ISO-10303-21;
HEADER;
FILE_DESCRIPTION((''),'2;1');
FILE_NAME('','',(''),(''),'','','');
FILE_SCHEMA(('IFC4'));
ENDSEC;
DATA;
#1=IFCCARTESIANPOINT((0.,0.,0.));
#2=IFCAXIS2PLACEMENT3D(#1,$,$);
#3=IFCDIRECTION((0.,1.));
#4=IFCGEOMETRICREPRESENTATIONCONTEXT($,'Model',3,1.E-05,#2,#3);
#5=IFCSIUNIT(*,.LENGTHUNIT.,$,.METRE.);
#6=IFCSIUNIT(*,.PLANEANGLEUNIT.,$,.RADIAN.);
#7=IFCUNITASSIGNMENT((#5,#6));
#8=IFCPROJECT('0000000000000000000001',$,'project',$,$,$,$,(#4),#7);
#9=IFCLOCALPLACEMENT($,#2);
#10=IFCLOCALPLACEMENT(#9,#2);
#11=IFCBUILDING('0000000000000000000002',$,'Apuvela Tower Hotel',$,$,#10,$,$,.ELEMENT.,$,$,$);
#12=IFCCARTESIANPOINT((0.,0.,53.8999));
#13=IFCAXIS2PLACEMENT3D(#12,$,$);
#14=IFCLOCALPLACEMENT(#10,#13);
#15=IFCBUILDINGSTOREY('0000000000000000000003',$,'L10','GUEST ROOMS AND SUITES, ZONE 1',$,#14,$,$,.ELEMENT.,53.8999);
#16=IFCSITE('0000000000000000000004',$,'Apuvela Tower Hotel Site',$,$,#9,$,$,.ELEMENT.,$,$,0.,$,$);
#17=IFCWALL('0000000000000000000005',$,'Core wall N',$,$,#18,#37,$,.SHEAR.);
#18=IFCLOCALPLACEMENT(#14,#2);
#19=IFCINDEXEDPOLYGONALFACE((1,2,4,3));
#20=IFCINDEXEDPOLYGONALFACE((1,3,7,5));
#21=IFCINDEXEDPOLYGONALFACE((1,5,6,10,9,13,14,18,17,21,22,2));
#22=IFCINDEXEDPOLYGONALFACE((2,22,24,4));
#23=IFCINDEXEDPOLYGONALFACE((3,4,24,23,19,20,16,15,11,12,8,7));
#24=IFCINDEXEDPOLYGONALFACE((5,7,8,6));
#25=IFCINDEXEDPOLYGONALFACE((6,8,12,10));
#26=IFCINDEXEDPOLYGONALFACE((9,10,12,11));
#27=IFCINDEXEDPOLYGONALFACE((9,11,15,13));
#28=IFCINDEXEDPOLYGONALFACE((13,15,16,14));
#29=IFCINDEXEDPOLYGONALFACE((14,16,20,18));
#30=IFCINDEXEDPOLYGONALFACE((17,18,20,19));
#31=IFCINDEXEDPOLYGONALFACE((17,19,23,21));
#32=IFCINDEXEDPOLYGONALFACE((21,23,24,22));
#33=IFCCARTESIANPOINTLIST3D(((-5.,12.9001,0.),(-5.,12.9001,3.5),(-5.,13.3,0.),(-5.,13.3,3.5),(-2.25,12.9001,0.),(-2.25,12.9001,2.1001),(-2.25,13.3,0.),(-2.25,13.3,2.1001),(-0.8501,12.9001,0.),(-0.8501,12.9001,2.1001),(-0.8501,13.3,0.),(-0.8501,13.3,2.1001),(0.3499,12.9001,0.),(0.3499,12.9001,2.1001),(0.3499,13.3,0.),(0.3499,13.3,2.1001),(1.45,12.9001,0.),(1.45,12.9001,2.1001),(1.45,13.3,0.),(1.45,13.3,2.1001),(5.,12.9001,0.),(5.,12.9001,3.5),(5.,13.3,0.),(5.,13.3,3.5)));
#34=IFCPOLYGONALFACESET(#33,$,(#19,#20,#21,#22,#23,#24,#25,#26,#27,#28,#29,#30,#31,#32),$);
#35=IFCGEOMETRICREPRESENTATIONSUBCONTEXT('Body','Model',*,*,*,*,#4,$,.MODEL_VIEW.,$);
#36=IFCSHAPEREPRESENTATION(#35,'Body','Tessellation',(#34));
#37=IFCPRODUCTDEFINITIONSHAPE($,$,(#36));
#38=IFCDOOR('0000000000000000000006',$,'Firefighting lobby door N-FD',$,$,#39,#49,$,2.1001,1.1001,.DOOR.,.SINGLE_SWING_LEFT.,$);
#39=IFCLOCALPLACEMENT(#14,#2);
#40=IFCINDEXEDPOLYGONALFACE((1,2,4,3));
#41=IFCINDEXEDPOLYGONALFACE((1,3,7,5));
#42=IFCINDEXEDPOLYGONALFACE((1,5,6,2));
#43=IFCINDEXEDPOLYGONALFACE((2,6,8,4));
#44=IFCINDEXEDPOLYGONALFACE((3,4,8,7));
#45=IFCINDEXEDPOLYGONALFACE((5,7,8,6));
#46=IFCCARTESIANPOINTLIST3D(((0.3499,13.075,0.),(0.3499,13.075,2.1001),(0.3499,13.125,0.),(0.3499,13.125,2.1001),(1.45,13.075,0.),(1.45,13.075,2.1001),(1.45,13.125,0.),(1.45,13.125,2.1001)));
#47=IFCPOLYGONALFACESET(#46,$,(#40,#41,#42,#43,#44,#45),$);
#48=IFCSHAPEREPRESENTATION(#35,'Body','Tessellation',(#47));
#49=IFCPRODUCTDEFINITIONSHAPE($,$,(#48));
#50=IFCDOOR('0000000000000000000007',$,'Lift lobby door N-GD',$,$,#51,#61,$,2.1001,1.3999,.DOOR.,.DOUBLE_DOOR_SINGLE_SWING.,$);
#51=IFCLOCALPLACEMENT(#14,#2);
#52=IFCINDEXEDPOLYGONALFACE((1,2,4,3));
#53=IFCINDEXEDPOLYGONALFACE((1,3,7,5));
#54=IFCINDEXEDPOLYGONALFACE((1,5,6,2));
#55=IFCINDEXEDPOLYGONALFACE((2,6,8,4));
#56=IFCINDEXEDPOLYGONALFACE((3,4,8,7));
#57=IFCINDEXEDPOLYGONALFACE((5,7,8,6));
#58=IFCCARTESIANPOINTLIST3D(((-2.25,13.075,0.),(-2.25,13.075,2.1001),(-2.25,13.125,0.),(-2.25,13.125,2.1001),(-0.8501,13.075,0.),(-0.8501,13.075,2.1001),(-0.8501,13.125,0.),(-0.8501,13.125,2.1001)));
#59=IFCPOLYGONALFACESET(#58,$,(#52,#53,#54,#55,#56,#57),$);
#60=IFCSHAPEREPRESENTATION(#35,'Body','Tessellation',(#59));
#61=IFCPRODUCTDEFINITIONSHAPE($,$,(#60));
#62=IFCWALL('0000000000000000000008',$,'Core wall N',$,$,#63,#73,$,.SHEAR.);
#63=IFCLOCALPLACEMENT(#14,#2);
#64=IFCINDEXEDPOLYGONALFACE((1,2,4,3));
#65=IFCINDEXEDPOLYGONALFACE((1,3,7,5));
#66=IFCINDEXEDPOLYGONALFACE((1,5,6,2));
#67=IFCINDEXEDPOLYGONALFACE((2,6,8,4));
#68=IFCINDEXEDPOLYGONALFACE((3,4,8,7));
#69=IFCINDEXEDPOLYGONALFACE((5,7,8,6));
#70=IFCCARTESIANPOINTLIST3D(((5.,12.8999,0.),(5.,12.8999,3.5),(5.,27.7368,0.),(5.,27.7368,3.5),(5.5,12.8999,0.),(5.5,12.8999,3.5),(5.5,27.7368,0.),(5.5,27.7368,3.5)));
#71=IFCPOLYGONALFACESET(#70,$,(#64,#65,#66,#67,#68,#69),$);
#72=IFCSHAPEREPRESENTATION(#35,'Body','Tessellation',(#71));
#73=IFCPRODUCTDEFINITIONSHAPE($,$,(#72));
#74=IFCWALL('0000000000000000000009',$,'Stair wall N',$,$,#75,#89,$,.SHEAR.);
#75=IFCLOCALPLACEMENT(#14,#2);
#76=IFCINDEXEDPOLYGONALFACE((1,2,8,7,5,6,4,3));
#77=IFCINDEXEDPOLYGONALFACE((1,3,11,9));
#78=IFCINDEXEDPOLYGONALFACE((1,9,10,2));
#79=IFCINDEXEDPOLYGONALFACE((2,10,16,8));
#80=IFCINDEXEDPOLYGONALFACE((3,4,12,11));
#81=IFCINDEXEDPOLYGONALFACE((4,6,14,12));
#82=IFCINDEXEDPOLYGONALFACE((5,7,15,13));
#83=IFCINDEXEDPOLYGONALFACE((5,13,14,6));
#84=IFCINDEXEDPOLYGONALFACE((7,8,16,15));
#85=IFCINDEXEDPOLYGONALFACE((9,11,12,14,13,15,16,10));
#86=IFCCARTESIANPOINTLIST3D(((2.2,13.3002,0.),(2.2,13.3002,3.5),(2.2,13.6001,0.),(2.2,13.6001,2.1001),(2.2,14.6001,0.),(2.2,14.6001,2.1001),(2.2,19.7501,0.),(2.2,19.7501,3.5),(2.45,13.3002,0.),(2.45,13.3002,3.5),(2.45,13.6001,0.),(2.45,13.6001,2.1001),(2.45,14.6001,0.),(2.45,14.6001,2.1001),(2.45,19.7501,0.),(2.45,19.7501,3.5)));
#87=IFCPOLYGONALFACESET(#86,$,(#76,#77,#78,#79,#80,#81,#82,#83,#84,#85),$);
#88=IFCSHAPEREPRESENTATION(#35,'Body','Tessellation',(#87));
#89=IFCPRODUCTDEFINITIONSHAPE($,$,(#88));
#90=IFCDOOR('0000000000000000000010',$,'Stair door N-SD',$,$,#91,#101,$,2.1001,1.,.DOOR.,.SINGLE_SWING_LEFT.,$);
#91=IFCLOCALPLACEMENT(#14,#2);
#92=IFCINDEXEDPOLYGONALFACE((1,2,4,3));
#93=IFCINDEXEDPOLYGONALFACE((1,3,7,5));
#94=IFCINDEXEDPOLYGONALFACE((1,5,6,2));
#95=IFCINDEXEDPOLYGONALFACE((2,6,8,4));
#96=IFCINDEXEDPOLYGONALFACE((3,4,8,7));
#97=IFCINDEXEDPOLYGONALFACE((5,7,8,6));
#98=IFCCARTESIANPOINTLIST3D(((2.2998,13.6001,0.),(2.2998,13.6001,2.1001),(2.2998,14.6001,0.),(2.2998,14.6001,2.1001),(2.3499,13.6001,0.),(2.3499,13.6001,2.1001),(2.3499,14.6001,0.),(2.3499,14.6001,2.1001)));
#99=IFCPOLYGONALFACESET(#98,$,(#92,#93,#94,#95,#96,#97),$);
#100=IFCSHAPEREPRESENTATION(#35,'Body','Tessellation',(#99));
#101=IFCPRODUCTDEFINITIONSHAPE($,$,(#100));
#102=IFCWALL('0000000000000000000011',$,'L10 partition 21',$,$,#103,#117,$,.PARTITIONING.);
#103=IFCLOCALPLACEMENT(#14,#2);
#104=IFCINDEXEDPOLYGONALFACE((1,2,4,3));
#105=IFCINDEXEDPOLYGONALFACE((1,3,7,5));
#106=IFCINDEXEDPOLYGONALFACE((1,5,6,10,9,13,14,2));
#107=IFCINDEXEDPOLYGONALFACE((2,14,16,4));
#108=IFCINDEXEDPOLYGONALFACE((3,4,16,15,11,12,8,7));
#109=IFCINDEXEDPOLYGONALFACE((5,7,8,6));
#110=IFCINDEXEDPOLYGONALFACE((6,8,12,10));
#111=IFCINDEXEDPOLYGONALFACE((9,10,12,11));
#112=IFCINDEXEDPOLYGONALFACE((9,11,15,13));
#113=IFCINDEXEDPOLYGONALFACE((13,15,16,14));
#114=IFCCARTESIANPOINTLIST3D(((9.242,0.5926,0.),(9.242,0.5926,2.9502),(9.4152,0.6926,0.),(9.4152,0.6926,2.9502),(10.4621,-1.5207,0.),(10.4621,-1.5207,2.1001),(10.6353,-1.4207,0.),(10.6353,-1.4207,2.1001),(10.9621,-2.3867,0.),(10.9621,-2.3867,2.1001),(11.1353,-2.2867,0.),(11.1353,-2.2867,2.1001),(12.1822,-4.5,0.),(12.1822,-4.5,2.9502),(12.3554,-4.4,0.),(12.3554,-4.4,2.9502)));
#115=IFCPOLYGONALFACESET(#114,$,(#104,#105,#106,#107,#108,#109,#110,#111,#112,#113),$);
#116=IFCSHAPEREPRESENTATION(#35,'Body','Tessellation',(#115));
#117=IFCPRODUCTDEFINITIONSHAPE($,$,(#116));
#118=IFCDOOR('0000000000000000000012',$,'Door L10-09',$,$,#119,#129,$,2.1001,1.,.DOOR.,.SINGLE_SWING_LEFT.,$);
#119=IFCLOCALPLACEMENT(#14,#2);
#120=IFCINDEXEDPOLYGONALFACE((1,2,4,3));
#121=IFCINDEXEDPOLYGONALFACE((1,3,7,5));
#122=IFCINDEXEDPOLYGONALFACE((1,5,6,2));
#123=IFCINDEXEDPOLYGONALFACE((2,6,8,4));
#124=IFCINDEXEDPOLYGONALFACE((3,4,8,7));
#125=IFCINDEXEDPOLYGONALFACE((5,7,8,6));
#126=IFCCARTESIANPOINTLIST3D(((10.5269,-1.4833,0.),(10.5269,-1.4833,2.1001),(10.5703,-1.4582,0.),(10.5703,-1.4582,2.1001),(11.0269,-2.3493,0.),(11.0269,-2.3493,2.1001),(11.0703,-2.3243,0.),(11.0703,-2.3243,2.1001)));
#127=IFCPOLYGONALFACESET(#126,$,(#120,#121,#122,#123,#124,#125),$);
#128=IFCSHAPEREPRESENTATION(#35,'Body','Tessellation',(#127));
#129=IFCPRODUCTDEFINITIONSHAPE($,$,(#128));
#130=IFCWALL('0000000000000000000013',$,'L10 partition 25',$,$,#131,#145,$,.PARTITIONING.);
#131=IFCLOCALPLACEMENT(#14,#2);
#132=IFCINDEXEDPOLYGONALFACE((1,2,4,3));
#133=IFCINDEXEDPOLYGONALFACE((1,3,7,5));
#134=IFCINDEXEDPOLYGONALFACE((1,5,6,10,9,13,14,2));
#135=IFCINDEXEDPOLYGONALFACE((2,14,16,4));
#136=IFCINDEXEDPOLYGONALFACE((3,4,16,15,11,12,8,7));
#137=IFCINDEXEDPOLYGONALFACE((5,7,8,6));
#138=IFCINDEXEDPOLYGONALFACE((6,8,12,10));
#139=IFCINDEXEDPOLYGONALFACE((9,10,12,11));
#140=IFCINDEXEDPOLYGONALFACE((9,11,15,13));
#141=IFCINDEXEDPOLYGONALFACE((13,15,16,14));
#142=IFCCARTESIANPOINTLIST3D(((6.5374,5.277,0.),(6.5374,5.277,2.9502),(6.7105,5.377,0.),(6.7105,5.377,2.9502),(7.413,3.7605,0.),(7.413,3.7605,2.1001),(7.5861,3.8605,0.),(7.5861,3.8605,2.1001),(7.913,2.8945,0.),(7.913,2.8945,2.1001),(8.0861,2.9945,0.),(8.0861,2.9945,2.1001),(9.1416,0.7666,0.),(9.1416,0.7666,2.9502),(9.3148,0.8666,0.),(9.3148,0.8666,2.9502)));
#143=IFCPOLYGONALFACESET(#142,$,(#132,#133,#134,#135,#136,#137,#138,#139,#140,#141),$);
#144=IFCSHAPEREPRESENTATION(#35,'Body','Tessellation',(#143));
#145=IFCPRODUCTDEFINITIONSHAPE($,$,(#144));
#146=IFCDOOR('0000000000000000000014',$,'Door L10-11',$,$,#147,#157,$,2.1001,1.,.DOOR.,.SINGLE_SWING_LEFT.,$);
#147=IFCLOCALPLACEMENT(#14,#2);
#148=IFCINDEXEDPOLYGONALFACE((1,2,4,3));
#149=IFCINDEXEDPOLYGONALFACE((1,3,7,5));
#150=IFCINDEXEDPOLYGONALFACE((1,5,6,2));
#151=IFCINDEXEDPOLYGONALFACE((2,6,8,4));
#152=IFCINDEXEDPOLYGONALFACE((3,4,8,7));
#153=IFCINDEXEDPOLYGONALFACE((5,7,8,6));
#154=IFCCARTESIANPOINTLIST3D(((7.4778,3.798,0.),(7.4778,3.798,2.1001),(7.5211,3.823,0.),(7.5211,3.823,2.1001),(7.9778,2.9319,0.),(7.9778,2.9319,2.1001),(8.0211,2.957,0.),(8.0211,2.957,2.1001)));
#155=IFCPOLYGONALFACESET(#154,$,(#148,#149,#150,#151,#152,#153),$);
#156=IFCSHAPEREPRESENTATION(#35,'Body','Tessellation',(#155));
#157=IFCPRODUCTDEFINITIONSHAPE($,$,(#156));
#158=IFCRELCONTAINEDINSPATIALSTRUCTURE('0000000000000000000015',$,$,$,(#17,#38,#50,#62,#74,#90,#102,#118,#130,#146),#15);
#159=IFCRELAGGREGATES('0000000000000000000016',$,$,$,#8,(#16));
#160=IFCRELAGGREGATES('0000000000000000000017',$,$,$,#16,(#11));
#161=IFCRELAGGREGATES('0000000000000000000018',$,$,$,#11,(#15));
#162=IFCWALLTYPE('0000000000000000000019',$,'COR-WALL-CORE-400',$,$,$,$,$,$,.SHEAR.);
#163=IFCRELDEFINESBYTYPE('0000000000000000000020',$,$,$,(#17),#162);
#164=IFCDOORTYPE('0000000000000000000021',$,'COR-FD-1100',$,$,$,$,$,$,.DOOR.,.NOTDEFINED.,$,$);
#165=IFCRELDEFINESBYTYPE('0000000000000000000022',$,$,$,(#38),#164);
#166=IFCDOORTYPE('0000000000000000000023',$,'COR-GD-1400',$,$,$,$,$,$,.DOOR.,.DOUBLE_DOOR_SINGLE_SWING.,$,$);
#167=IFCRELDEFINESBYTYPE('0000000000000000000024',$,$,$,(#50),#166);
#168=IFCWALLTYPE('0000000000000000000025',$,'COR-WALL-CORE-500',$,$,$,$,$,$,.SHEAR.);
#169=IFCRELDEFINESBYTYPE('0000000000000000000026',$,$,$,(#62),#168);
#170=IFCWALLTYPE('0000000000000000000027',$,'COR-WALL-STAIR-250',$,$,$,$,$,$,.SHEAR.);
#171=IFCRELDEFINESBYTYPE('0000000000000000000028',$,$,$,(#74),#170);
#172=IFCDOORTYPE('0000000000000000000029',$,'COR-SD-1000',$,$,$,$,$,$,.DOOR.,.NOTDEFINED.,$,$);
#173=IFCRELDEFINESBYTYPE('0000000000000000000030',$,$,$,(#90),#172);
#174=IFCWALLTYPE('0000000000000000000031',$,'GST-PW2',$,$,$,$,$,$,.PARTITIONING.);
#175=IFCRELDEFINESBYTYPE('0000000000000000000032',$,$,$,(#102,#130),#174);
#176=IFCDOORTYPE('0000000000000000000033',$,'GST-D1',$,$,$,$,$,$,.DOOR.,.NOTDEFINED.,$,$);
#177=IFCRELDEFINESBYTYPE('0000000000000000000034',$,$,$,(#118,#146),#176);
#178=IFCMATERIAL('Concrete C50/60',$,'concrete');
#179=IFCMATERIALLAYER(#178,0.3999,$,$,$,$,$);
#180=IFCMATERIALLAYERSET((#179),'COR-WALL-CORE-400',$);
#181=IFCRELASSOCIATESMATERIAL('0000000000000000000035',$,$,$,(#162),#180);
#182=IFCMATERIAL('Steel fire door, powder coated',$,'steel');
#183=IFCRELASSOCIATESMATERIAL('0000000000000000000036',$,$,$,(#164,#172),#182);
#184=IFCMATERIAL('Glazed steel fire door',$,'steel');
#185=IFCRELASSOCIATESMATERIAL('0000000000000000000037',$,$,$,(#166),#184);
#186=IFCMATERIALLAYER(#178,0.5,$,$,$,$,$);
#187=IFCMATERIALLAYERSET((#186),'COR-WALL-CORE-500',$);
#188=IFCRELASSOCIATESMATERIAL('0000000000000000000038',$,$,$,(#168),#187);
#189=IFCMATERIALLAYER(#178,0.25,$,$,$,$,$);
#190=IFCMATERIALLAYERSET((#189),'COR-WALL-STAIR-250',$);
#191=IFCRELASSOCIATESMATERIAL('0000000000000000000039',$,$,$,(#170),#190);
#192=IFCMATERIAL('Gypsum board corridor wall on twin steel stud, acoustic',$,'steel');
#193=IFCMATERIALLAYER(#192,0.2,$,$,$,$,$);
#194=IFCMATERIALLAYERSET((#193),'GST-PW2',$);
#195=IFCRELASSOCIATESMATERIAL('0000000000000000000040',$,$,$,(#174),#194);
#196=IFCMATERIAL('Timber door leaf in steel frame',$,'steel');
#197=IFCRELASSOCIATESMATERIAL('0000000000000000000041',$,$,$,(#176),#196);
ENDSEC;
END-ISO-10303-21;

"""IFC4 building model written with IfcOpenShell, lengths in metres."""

from ifc_helpers import new_model, si_unit, direction, frame, frame_2d, origin, place, context, subcontext, project, spatial, rectangle, extrude, material, layer, layer_set, type_object, element, fill, save


model = new_model("IFC4")

# Units and contexts
model_context = context("Model", 3, precision=1e-05, world=origin(), true_north=direction((0.0, 1.0)))
body_context = subcontext(model_context, "Body", "Model", "MODEL_VIEW")
ifc_project = project(units=[si_unit("LENGTHUNIT", "METRE"), si_unit("PLANEANGLEUNIT", "RADIAN")], contexts=[model_context])

# Site, building, storey
site_placement = place(None, origin())
site = spatial("IfcSite", under=ifc_project, at=site_placement, Name="Apuvela Tower Hotel Site", CompositionType="ELEMENT", RefElevation=0.0)
building_placement = place(site_placement, origin())
building = spatial("IfcBuilding", under=site, at=building_placement, Name="Apuvela Tower Hotel", CompositionType="ELEMENT")
storey_placement = place(building_placement, frame((0.0, 0.0, 53.8999)))
storey = spatial("IfcBuildingStorey", under=building, at=storey_placement, Name="L10", Description="GUEST ROOMS AND SUITES, ZONE 1", CompositionType="ELEMENT", Elevation=53.8999)

# Shared definitions
ifc_material_1 = material(Name="Concrete C50/60", Category="concrete")

# Wall, openings, doors
ifc_layer_1 = layer(ifc_material_1, 0.3999)
ifc_layer_set_1 = layer_set([ifc_layer_1], Name="COR-WALL-CORE-400")
wall_type_1 = type_object("IfcWallType", Name="COR-WALL-CORE-400", PredefinedType="SHEAR", material=ifc_layer_set_1)
wall_1_placement = place(storey_placement, frame((5.0, 13.1001, 0.0), z_axis=(0.0, 0.0, 1.0), x_axis=(-1.0, 0.0, 0.0)))
wall_1 = element("IfcWall", 1, at=wall_1_placement, inside=storey, type_object=wall_type_1, Name="Core wall N", PredefinedType="SHEAR", context=body_context, shape_type="SweptSolid", body=[
    extrude(rectangle(XDim=10.0, YDim=0.3999, at=frame_2d((5.0, 0.0))), origin(), (0.0, 0.0, 1.0), 3.5),
])
opening_1_placement = place(wall_1_placement, frame((3.55, 0.0, 0.0)))
opening_1 = element("IfcOpeningElement", 2, at=opening_1_placement, cuts=wall_1, PredefinedType="OPENING", context=body_context, shape_type="SweptSolid", body=[
    extrude(rectangle(XDim=1.1001, YDim=2.1001, at=frame_2d((0.55, 1.05))), frame((0.0, 0.21, 0.0), z_axis=(0.0, -1.0, 0.0), x_axis=(1.0, 0.0, 0.0)), (0.0, 0.0, 1.0), 0.4199),
])
opening_2_placement = place(wall_1_placement, frame((5.8501, 0.0, 0.0)))
opening_2 = element("IfcOpeningElement", 3, at=opening_2_placement, cuts=wall_1, PredefinedType="OPENING", context=body_context, shape_type="SweptSolid", body=[
    extrude(rectangle(XDim=1.3999, YDim=2.1001, at=frame_2d((0.7, 1.05))), frame((0.0, 0.21, 0.0), z_axis=(0.0, -1.0, 0.0), x_axis=(1.0, 0.0, 0.0)), (0.0, 0.0, 1.0), 0.4199),
])
ifc_material_2 = material(Name="Steel fire door, powder coated", Category="steel")
door_type_1 = type_object("IfcDoorType", Name="COR-FD-1100", OperationType="NOTDEFINED", PredefinedType="DOOR", material=ifc_material_2)
door_1_placement = place(opening_1_placement, frame((1.1001, 0.0, 0.0), z_axis=(0.0, 0.0, 1.0), x_axis=(-1.0, 0.0, 0.0)))
door_1 = element("IfcDoor", 4, at=door_1_placement, inside=storey, type_object=door_type_1, Name="Firefighting lobby door N-FD", OperationType="SINGLE_SWING_LEFT", OverallHeight=2.1001, OverallWidth=1.1001, PredefinedType="DOOR", context=body_context, shape_type="SweptSolid", body=[
    extrude(rectangle(XDim=1.1001, YDim=2.1001, at=frame_2d((0.55, 1.05))), frame((0.0, 0.0249, 0.0), z_axis=(0.0, -1.0, 0.0), x_axis=(1.0, 0.0, 0.0)), (0.0, 0.0, 1.0), 0.05),
])
fill(opening_1, door_1)
ifc_material_3 = material(Name="Glazed steel fire door", Category="steel")
door_type_2 = type_object("IfcDoorType", Name="COR-GD-1400", OperationType="DOUBLE_DOOR_SINGLE_SWING", PredefinedType="DOOR", material=ifc_material_3)
door_2_placement = place(opening_2_placement, frame((1.3999, 0.0, 0.0), z_axis=(0.0, 0.0, 1.0), x_axis=(-1.0, 0.0, 0.0)))
door_2 = element("IfcDoor", 5, at=door_2_placement, inside=storey, type_object=door_type_2, Name="Lift lobby door N-GD", OperationType="DOUBLE_DOOR_SINGLE_SWING", OverallHeight=2.1001, OverallWidth=1.3999, PredefinedType="DOOR", context=body_context, shape_type="SweptSolid", body=[
    extrude(rectangle(XDim=1.3999, YDim=2.1001, at=frame_2d((0.7, 1.05))), frame((0.0, 0.0249, 0.0), z_axis=(0.0, -1.0, 0.0), x_axis=(1.0, 0.0, 0.0)), (0.0, 0.0, 1.0), 0.05),
])
fill(opening_2, door_2)

# Wall
ifc_layer_2 = layer(ifc_material_1, 0.5)
ifc_layer_set_2 = layer_set([ifc_layer_2], Name="COR-WALL-CORE-500")
wall_type_2 = type_object("IfcWallType", Name="COR-WALL-CORE-500", PredefinedType="SHEAR", material=ifc_layer_set_2)
wall_2_placement = place(storey_placement, frame((5.25, 12.8999, 0.0), z_axis=(0.0, 0.0, 1.0), x_axis=(0.0, 1.0, 0.0)))
element("IfcWall", 6, at=wall_2_placement, inside=storey, type_object=wall_type_2, Name="Core wall N", PredefinedType="SHEAR", context=body_context, shape_type="SweptSolid", body=[
    extrude(rectangle(XDim=14.8369, YDim=0.5, at=frame_2d((7.4185, 0.0))), origin(), (0.0, 0.0, 1.0), 3.5),
])

# Walls, openings, doors
ifc_layer_3 = layer(ifc_material_1, 0.25)
ifc_layer_set_3 = layer_set([ifc_layer_3], Name="COR-WALL-STAIR-250")
wall_type_3 = type_object("IfcWallType", Name="COR-WALL-STAIR-250", PredefinedType="SHEAR", material=ifc_layer_set_3)
wall_3_placement = place(storey_placement, frame((2.325, 13.3, 0.0), z_axis=(0.0, 0.0, 1.0), x_axis=(0.0, 1.0, 0.0)))
wall_3 = element("IfcWall", 7, at=wall_3_placement, inside=storey, type_object=wall_type_3, Name="Stair wall N", PredefinedType="SHEAR", context=body_context, shape_type="SweptSolid", body=[
    extrude(rectangle(XDim=6.45, YDim=0.25, at=frame_2d((3.2251, 0.0))), origin(), (0.0, 0.0, 1.0), 3.5),
])
opening_3_placement = place(wall_3_placement, frame((0.3, 0.0, 0.0)))
opening_3 = element("IfcOpeningElement", 8, at=opening_3_placement, cuts=wall_3, PredefinedType="OPENING", context=body_context, shape_type="SweptSolid", body=[
    extrude(rectangle(XDim=1.0, YDim=2.1001, at=frame_2d((0.5, 1.05))), frame((0.0, 0.135, 0.0), z_axis=(0.0, -1.0, 0.0), x_axis=(1.0, 0.0, 0.0)), (0.0, 0.0, 1.0), 0.27),
])
door_type_3 = type_object("IfcDoorType", Name="COR-SD-1000", OperationType="NOTDEFINED", PredefinedType="DOOR", material=ifc_material_2)
door_3_placement = place(opening_3_placement, frame((1.0, 0.0, 0.0), z_axis=(0.0, 0.0, 1.0), x_axis=(-1.0, 0.0, 0.0)))
door_3 = element("IfcDoor", 9, at=door_3_placement, inside=storey, type_object=door_type_3, Name="Stair door N-SD", OperationType="SINGLE_SWING_LEFT", OverallHeight=2.1001, OverallWidth=1.0, PredefinedType="DOOR", context=body_context, shape_type="SweptSolid", body=[
    extrude(rectangle(XDim=1.0, YDim=2.1001, at=frame_2d((0.5, 1.05))), frame((0.0, 0.0249, 0.0), z_axis=(0.0, -1.0, 0.0), x_axis=(1.0, 0.0, 0.0)), (0.0, 0.0, 1.0), 0.05),
])
fill(opening_3, door_3)
ifc_material_4 = material(Name="Gypsum board corridor wall on twin steel stud, acoustic", Category="steel")
ifc_layer_4 = layer(ifc_material_4, 0.2)
ifc_layer_set_4 = layer_set([ifc_layer_4], Name="GST-PW2")
wall_type_4 = type_object("IfcWallType", Name="GST-PW2", PredefinedType="PARTITIONING", material=ifc_layer_set_4)
wall_4_placement = place(storey_placement, frame((9.3286, 0.6426, 0.0), z_axis=(0.0, 0.0, 1.0), x_axis=(0.500002, -0.866024, 0.0)))
wall_4 = element("IfcWall", 10, at=wall_4_placement, inside=storey, type_object=wall_type_4, Name="L10 partition 21", PredefinedType="PARTITIONING", context=body_context, shape_type="SweptSolid", body=[
    extrude(rectangle(XDim=5.8804, YDim=0.2, at=frame_2d((2.9402, 0.0))), origin(), (0.0, 0.0, 1.0), 2.9502),
])
opening_4_placement = place(wall_4_placement, frame((2.4402, 0.0, 0.0)))
opening_4 = element("IfcOpeningElement", 11, at=opening_4_placement, cuts=wall_4, PredefinedType="OPENING", context=body_context, shape_type="SweptSolid", body=[
    extrude(rectangle(XDim=1.0, YDim=2.1001, at=frame_2d((0.5, 1.05))), frame((0.0, 0.1099, 0.0), z_axis=(0.0, -1.0, 0.0), x_axis=(1.0, 0.0, 0.0)), (0.0, 0.0, 1.0), 0.22),
])
ifc_material_5 = material(Name="Timber door leaf in steel frame", Category="steel")
door_type_4 = type_object("IfcDoorType", Name="GST-D1", OperationType="NOTDEFINED", PredefinedType="DOOR", material=ifc_material_5)
door_4_placement = place(opening_4_placement, origin())
door_4 = element("IfcDoor", 12, at=door_4_placement, inside=storey, type_object=door_type_4, Name="Door L10-09", OperationType="SINGLE_SWING_LEFT", OverallHeight=2.1001, OverallWidth=1.0, PredefinedType="DOOR", context=body_context, shape_type="SweptSolid", body=[
    extrude(rectangle(XDim=1.0, YDim=2.1001, at=frame_2d((0.5, 1.05))), frame((0.0, 0.0249, 0.0), z_axis=(0.0, -1.0, 0.0), x_axis=(1.0, 0.0, 0.0)), (0.0, 0.0, 1.0), 0.05),
])
fill(opening_4, door_4)
wall_5_placement = place(storey_placement, frame((6.624, 5.3269, 0.0), z_axis=(0.0, 0.0, 1.0), x_axis=(0.500016, -0.866016, 0.0)))
wall_5 = element("IfcWall", 13, at=wall_5_placement, inside=storey, type_object=wall_type_4, Name="L10 partition 25", PredefinedType="PARTITIONING", context=body_context, shape_type="SweptSolid", body=[
    extrude(rectangle(XDim=5.2083, YDim=0.2, at=frame_2d((2.604, 0.0))), origin(), (0.0, 0.0, 1.0), 2.9502),
])
opening_5_placement = place(wall_5_placement, frame((1.751, 0.0, 0.0)))
opening_5 = element("IfcOpeningElement", 14, at=opening_5_placement, cuts=wall_5, PredefinedType="OPENING", context=body_context, shape_type="SweptSolid", body=[
    extrude(rectangle(XDim=1.0, YDim=2.1001, at=frame_2d((0.5, 1.05))), frame((0.0, 0.1099, 0.0), z_axis=(0.0, -1.0, 0.0), x_axis=(1.0, 0.0, 0.0)), (0.0, 0.0, 1.0), 0.22),
])
door_5_placement = place(opening_5_placement, origin())
door_5 = element("IfcDoor", 15, at=door_5_placement, inside=storey, type_object=door_type_4, Name="Door L10-11", OperationType="SINGLE_SWING_LEFT", OverallHeight=2.1001, OverallWidth=1.0, PredefinedType="DOOR", context=body_context, shape_type="SweptSolid", body=[
    extrude(rectangle(XDim=1.0, YDim=2.1001, at=frame_2d((0.5, 1.05))), frame((0.0, 0.0249, 0.0), z_axis=(0.0, -1.0, 0.0), x_axis=(1.0, 0.0, 0.0)), (0.0, 0.0, 1.0), 0.05),
])
fill(opening_5, door_5)

save(model, "model.ifc")
